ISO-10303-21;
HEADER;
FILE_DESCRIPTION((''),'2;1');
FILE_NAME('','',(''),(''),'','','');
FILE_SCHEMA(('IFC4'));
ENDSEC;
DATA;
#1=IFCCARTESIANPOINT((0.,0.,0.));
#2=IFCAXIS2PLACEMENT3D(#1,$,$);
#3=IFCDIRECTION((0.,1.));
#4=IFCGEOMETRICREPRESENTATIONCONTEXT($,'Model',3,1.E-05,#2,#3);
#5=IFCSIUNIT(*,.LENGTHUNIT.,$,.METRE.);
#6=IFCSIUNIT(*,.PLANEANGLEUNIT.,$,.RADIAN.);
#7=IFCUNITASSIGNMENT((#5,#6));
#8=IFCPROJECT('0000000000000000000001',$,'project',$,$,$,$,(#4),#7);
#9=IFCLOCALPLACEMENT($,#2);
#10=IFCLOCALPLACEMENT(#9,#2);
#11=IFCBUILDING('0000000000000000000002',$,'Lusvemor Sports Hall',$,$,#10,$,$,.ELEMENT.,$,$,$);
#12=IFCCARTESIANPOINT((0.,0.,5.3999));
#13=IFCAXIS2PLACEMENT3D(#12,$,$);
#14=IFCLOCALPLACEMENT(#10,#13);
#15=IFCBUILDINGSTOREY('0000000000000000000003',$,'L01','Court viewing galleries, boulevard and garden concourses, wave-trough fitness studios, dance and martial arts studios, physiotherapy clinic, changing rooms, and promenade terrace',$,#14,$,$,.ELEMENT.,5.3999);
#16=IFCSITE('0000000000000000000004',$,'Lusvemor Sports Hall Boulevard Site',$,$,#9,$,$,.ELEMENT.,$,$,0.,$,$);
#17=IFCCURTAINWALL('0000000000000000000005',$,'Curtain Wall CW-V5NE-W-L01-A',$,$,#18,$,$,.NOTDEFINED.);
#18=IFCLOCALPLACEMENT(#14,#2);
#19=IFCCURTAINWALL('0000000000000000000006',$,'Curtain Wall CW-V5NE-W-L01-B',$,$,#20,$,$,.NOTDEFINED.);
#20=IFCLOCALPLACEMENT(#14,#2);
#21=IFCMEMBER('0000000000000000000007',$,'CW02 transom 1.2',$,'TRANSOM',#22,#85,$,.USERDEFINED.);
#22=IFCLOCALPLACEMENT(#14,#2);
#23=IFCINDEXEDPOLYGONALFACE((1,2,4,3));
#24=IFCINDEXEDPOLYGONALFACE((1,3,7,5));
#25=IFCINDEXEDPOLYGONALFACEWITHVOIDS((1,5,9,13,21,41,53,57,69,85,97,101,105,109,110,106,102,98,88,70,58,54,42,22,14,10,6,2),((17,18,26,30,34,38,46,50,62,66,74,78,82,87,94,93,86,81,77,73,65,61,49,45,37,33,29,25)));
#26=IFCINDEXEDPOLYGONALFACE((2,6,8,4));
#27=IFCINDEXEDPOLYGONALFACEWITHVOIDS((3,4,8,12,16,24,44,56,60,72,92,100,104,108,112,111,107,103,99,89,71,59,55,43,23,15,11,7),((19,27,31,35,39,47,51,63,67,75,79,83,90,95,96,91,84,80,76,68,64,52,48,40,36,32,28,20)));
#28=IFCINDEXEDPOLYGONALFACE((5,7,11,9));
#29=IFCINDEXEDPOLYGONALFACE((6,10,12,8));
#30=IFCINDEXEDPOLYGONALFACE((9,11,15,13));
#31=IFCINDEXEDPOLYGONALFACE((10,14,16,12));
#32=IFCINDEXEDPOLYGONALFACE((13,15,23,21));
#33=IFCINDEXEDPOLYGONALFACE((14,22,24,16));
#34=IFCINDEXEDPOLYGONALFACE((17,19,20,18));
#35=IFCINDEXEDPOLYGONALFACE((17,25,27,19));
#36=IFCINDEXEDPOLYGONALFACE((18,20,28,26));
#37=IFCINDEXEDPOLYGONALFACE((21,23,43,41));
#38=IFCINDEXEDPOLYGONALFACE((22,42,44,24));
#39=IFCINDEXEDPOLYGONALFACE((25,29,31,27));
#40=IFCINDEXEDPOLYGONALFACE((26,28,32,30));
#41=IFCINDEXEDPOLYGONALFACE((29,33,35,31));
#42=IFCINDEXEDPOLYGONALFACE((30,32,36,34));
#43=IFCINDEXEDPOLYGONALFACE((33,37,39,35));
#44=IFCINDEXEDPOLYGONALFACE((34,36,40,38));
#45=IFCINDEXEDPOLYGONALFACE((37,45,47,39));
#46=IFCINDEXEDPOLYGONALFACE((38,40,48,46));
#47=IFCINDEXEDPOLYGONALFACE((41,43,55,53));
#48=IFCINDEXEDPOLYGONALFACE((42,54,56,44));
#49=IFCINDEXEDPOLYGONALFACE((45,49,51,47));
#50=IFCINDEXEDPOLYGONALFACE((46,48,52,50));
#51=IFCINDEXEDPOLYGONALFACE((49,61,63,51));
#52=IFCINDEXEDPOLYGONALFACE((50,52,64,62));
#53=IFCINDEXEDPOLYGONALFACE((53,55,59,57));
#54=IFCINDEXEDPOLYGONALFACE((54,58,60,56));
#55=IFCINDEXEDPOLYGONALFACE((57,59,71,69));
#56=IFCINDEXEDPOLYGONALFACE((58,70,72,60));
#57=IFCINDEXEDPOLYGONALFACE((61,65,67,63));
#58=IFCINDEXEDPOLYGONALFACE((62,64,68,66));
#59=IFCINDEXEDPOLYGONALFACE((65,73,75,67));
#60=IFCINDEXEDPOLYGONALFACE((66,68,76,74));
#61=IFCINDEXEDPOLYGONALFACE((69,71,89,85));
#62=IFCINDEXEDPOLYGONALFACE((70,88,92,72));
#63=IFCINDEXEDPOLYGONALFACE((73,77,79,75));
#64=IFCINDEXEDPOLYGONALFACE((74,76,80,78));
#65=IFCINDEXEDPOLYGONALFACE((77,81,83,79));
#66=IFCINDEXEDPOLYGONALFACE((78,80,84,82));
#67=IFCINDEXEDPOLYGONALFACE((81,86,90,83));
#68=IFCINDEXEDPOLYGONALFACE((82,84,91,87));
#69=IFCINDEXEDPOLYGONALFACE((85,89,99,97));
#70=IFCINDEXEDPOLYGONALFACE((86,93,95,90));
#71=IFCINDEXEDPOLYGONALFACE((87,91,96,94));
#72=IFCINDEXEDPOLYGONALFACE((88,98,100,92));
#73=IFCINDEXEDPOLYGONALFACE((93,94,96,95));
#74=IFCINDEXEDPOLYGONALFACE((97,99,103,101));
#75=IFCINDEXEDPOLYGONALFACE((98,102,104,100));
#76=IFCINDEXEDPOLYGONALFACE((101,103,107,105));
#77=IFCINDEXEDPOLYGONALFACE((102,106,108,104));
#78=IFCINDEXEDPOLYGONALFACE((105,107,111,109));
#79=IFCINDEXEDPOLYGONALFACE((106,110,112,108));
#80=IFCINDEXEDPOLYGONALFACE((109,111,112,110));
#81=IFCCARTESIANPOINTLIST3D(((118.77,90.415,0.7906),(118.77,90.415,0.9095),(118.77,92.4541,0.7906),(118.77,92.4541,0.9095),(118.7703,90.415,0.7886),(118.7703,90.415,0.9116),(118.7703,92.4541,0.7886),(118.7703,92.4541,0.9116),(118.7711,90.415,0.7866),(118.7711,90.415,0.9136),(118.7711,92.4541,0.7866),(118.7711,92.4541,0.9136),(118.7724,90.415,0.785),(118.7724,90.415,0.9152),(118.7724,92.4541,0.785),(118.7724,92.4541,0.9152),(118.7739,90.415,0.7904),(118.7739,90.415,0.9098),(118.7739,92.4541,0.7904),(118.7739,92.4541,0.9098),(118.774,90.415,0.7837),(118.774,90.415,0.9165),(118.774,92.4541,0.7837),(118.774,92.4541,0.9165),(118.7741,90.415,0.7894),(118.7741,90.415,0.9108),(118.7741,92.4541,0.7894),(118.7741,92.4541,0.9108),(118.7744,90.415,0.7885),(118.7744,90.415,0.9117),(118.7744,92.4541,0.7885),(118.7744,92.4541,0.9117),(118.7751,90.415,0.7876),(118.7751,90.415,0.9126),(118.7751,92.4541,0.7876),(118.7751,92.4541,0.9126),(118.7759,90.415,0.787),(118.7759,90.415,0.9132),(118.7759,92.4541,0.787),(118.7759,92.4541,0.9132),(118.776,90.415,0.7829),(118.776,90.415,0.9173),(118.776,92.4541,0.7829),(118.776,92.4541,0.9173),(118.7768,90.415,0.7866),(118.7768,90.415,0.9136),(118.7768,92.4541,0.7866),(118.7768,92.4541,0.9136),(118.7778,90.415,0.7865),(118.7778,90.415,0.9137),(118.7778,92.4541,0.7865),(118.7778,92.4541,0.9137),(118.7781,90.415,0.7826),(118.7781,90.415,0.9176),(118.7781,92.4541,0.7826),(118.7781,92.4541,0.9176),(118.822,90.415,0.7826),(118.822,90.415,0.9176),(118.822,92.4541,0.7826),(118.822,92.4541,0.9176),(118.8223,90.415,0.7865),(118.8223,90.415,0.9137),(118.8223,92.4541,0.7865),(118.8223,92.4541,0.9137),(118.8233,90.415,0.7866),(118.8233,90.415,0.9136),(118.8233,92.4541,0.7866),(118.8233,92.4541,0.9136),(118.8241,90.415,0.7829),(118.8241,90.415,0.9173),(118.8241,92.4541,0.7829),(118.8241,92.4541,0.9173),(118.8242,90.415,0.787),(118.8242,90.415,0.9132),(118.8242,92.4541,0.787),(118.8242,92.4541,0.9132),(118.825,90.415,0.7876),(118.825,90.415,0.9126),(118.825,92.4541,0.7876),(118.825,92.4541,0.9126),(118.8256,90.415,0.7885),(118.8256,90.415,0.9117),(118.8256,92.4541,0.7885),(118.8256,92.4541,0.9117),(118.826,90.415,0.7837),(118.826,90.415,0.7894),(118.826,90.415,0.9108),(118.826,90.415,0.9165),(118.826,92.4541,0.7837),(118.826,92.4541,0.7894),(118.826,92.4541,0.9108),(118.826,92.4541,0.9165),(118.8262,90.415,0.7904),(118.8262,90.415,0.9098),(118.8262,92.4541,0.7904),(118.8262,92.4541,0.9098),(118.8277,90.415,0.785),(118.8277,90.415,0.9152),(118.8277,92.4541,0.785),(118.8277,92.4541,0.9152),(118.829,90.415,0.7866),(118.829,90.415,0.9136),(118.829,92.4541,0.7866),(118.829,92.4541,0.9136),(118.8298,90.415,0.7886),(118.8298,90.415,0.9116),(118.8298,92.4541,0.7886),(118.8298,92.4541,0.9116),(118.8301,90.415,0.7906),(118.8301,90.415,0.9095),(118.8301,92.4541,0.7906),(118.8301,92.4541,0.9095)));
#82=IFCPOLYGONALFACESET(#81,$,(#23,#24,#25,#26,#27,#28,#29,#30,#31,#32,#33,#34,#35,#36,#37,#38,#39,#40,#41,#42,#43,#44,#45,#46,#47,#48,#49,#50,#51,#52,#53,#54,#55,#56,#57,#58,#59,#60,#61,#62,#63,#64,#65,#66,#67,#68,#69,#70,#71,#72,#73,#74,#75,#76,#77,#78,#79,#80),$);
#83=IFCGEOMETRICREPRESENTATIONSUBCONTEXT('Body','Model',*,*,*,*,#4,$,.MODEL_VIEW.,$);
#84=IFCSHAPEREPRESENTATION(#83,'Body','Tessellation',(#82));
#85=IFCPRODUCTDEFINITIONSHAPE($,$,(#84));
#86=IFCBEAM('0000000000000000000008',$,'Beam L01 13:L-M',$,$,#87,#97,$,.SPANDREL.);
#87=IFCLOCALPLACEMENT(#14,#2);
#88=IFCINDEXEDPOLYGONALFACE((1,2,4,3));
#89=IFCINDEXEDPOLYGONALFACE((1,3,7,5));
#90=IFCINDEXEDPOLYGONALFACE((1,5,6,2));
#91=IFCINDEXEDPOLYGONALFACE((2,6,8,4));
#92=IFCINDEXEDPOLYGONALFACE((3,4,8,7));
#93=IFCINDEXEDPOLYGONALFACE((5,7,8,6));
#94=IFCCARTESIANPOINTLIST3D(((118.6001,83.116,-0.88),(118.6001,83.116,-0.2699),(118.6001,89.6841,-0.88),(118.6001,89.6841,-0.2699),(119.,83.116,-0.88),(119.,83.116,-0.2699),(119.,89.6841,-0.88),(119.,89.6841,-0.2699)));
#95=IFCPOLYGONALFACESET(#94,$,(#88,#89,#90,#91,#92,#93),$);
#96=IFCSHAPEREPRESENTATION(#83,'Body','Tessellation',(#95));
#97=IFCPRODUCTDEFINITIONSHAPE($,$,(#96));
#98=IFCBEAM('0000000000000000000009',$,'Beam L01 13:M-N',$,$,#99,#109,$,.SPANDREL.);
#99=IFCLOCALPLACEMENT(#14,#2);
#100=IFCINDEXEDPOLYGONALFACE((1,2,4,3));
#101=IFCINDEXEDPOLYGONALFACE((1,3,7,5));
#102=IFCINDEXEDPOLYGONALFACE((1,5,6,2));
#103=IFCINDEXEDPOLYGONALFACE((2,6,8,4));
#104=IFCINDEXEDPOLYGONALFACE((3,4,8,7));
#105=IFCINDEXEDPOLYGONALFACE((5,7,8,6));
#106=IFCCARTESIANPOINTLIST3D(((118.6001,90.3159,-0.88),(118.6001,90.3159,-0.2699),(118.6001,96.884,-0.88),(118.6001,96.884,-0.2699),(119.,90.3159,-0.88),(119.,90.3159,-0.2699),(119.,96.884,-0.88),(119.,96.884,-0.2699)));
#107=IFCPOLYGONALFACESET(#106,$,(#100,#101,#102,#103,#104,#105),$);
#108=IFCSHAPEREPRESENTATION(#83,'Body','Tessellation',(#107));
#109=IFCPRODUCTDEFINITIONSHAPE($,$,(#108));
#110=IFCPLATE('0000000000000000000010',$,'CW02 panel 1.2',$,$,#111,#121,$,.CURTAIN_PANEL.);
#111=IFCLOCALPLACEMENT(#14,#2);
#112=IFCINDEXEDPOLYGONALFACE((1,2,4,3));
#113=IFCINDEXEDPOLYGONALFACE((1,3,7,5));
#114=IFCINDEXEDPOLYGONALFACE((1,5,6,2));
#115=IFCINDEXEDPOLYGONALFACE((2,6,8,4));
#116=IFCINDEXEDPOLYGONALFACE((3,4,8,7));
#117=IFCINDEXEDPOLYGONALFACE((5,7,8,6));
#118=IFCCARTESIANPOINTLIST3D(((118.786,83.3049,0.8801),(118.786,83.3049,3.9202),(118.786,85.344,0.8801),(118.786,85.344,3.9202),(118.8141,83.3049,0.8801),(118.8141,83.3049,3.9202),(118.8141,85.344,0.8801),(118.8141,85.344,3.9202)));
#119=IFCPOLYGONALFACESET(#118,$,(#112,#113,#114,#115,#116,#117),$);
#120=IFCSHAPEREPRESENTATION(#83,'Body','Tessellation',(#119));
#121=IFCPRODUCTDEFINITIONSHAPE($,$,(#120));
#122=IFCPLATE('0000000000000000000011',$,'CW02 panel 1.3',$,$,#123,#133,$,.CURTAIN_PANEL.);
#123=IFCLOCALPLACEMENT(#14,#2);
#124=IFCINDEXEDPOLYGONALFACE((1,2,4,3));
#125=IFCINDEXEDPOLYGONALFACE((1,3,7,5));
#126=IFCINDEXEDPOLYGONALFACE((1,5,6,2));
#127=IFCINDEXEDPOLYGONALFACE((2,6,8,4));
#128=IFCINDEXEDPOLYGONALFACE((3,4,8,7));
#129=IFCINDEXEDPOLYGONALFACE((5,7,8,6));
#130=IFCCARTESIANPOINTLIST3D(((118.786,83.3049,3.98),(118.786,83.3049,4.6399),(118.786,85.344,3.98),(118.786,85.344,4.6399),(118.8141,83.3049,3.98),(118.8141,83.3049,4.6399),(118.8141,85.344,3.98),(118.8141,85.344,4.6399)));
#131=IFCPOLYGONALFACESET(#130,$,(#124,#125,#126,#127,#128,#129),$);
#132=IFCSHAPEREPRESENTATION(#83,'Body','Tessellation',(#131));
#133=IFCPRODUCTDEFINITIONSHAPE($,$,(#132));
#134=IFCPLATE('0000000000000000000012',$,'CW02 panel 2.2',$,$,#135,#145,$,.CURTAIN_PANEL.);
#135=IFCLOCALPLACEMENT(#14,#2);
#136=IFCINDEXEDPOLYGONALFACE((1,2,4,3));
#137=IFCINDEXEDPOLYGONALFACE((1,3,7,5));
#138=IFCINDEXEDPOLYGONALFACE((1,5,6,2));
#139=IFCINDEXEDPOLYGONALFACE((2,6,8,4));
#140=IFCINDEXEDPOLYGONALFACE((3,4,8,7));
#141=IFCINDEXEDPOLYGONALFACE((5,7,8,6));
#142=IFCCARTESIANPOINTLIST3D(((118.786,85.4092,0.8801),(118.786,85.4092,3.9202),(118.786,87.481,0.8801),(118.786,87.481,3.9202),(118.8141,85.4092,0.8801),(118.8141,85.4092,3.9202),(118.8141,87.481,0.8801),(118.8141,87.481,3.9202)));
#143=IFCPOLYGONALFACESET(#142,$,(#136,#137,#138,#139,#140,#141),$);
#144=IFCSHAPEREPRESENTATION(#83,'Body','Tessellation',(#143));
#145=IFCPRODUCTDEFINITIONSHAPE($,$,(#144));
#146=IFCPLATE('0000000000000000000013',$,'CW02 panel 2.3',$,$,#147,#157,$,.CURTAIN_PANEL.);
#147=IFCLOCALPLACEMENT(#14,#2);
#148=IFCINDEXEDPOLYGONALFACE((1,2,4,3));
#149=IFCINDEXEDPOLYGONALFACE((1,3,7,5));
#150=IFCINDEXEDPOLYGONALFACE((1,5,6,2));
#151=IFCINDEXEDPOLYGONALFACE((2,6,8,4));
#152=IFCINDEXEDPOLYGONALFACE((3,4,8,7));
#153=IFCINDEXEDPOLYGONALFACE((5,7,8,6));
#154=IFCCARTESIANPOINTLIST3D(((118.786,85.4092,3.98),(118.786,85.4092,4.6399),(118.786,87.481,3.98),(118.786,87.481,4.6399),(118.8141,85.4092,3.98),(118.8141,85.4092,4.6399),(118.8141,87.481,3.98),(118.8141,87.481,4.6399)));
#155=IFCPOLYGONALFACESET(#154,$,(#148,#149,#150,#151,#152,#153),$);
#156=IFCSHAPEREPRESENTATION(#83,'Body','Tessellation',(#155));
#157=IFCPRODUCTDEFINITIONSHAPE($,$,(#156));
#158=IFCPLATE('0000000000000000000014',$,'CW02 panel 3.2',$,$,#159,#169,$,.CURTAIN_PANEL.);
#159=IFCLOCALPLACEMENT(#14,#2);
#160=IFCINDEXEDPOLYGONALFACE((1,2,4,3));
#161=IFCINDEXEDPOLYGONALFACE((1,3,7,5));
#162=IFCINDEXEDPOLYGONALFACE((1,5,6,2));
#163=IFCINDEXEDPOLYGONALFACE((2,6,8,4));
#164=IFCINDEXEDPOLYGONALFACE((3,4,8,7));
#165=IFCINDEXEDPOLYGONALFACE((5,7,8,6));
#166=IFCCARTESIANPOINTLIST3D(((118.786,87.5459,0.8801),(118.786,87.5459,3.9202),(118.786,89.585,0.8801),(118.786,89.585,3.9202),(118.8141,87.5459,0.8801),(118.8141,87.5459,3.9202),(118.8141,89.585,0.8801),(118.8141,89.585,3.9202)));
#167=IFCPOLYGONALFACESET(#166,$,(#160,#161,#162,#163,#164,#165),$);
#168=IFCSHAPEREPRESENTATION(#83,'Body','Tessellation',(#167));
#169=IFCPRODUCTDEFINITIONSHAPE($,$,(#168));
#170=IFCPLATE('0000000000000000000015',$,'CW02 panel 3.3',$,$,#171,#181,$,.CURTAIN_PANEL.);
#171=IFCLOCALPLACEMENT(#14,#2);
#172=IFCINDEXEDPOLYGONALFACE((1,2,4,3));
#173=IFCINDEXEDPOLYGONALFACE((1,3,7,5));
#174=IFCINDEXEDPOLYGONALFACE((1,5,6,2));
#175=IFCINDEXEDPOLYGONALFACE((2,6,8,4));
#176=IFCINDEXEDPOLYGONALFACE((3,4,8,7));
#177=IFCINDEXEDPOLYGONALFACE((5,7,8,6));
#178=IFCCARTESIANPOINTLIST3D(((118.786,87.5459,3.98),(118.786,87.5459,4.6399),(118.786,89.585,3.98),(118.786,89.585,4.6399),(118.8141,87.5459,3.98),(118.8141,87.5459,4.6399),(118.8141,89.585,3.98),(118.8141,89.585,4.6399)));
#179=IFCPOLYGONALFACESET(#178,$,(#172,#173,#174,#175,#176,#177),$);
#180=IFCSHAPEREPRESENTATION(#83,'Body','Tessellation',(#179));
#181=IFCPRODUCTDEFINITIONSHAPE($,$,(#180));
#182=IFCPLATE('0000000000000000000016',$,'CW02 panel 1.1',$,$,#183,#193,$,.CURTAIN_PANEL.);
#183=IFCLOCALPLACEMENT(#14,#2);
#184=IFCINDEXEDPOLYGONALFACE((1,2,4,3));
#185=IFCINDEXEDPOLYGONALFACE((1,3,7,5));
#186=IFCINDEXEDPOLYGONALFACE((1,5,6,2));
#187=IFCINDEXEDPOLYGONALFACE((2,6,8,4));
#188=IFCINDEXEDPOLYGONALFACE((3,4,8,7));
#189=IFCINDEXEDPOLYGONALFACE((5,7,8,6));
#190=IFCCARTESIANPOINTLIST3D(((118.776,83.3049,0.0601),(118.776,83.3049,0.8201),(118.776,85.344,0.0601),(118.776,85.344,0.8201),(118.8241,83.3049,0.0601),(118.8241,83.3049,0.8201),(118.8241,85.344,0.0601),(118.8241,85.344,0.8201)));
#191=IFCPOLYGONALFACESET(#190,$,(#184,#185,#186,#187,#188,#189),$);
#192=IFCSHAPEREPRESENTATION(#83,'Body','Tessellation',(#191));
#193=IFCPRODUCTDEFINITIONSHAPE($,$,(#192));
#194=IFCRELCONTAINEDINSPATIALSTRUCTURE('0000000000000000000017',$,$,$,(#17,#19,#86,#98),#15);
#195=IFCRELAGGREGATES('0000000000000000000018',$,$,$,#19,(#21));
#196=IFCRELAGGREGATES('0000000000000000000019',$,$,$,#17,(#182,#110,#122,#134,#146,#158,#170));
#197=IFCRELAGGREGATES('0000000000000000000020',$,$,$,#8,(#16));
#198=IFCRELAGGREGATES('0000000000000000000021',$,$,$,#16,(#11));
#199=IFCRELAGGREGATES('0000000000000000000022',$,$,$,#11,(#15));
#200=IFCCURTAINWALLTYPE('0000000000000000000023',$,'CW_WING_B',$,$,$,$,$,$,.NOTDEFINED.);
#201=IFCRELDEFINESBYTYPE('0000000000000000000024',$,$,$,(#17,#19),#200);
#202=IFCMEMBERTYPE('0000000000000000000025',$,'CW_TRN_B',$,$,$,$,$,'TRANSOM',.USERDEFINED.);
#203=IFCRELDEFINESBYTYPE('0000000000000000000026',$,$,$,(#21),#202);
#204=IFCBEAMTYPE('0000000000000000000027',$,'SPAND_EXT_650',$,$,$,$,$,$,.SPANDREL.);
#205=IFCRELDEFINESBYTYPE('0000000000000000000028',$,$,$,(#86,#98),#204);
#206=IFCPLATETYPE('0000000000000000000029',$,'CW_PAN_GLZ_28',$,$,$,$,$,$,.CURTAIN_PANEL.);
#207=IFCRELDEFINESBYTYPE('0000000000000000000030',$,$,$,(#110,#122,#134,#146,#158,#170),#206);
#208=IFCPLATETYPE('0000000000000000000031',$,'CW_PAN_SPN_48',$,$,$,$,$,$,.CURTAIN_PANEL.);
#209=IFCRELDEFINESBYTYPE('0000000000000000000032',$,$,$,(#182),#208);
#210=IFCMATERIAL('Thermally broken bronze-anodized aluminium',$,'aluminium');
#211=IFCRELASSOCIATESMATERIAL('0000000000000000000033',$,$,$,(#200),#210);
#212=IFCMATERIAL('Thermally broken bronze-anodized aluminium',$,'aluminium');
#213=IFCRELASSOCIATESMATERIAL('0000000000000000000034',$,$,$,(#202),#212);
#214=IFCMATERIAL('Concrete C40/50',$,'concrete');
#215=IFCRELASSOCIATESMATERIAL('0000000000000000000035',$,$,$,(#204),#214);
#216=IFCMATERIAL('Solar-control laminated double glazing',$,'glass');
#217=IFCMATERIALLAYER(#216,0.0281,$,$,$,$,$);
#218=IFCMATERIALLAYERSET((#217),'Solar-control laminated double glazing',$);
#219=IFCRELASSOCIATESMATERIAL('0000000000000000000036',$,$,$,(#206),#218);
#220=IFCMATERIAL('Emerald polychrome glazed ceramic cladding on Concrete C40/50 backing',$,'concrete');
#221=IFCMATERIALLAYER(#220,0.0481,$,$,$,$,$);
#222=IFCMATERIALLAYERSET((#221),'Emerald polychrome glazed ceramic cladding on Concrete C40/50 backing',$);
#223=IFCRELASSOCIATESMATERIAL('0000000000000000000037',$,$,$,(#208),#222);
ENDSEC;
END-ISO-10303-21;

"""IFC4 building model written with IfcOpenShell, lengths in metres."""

from ifc_helpers import new_model, si_unit, direction, frame, origin, origin_2d, place, context, subcontext, project, spatial, rectangle, hollow_rectangle, extrude, material, layer, layer_set, material_profile, profile_set, type_object, element, aggregate, save


model = new_model("IFC4")

# Units and contexts
model_context = context("Model", 3, precision=1e-05, world=origin(), true_north=direction((0.0, 1.0)))
body_context = subcontext(model_context, "Body", "Model", "MODEL_VIEW")
ifc_project = project(units=[si_unit("LENGTHUNIT", "METRE"), si_unit("PLANEANGLEUNIT", "RADIAN")], contexts=[model_context])

# Site, building, storey
site_placement = place(None, origin())
site = spatial("IfcSite", under=ifc_project, at=site_placement, Name="Lusvemor Sports Hall Boulevard Site", CompositionType="ELEMENT", RefElevation=0.0)
building_placement = place(site_placement, origin())
building = spatial("IfcBuilding", under=site, at=building_placement, Name="Lusvemor Sports Hall", CompositionType="ELEMENT")
storey_placement = place(building_placement, frame((0.0, 0.0, 5.3999)))
storey = spatial("IfcBuildingStorey", under=building, at=storey_placement, Name="L01", Description="Court viewing galleries, boulevard and garden concourses, wave-trough fitness studios, dance and martial arts studios, physiotherapy clinic, changing rooms, and promenade terrace", CompositionType="ELEMENT", Elevation=5.3999)

# Curtain wall
ifc_material_1 = material(Name="Thermally broken bronze-anodized aluminium", Category="aluminium")
curtain_wall_type = type_object("IfcCurtainWallType", Name="CW_WING_B", PredefinedType="NOTDEFINED", material=ifc_material_1)
curtain_wall_1_placement = place(storey_placement, origin())
curtain_wall_1 = element("IfcCurtainWall", 1, at=curtain_wall_1_placement, inside=storey, type_object=curtain_wall_type, Name="Curtain Wall CW-V5NE-W-L01-A", PredefinedType="NOTDEFINED")

# Curtain wall
curtain_wall_2_placement = place(storey_placement, origin())
curtain_wall_2 = element("IfcCurtainWall", 2, at=curtain_wall_2_placement, inside=storey, type_object=curtain_wall_type, Name="Curtain Wall CW-V5NE-W-L01-B", PredefinedType="NOTDEFINED")

# Member
ifc_material_2 = material(Name="Thermally broken bronze-anodized aluminium", Category="aluminium")
ifc_material_profile_1 = material_profile(ifc_material_2, hollow_rectangle(XDim=0.0601, YDim=0.135, WallThickness=0.0039, InnerFilletRadius=0.0039, OuterFilletRadius=0.0081, at=origin_2d()), Name="CWTRN135x60x4")
ifc_profile_set_1 = profile_set([ifc_material_profile_1], Name="Thermally broken bronze-anodized aluminium")
member_type_1 = type_object("IfcMemberType", Name="CW_TRN_B", ElementType="TRANSOM", PredefinedType="USERDEFINED", material=ifc_profile_set_1)
member_1_placement = place(storey_placement, frame((118.8, 90.415, 0.8501), z_axis=(0.0, 1.0, 0.0), x_axis=(-1.0, 0.0, 0.0)))
member_1 = element("IfcMember", 3, at=member_1_placement, type_object=member_type_1, Name="CW02 transom 1.2", ObjectType="TRANSOM", PredefinedType="USERDEFINED", context=body_context, shape_type="SweptSolid", body=[
    extrude(hollow_rectangle(XDim=0.0601, YDim=0.135, WallThickness=0.0039, InnerFilletRadius=0.0039, OuterFilletRadius=0.0081, at=origin_2d()), origin(), (0.0, 0.0, 1.0), 2.0391),
])
aggregate(curtain_wall_2, [member_1])

# Beams
ifc_material_3 = material(Name="Concrete C40/50", Category="concrete")
ifc_material_profile_2 = material_profile(ifc_material_3, rectangle(XDim=0.3999, YDim=0.6101, at=origin_2d()), Name="RC400x610")
ifc_profile_set_2 = profile_set([ifc_material_profile_2], Name="Concrete C40/50")
beam_type = type_object("IfcBeamType", Name="SPAND_EXT_650", PredefinedType="SPANDREL", material=ifc_profile_set_2)
for number, where, z_axis, x_axis, name in (
    (4, (118.8, 83.116, -0.575), (0.0, 1.0, 0.0), (-1.0, 0.0, 0.0), "Beam L01 13:L-M"),
    (5, (118.8, 90.3159, -0.575), (0.0, 1.0, 0.0), (-1.0, 0.0, 0.0), "Beam L01 13:M-N"),
):
    element("IfcBeam", number, at=place(storey_placement, frame(where, z_axis=z_axis, x_axis=x_axis)), inside=storey, type_object=beam_type, Name=name, PredefinedType="SPANDREL", context=body_context, shape_type="SweptSolid", body=[
        extrude(rectangle(XDim=0.3999, YDim=0.6101, at=origin_2d()), origin(), (0.0, 0.0, 1.0), 6.5681),
    ])

# Plates
ifc_material_4 = material(Name="Solar-control laminated double glazing", Category="glass")
ifc_layer_1 = layer(ifc_material_4, 0.0281)
ifc_layer_set_1 = layer_set([ifc_layer_1], Name="Solar-control laminated double glazing")
plate_type_1 = type_object("IfcPlateType", Name="CW_PAN_GLZ_28", PredefinedType="CURTAIN_PANEL", material=ifc_layer_set_1)
plate_1_placement = place(storey_placement, frame((118.8, 84.3245, 0.8801), z_axis=(0.0, 0.0, 1.0), x_axis=(0.0, 1.0, 0.0)))
plate_1 = element("IfcPlate", 6, at=plate_1_placement, type_object=plate_type_1, Name="CW02 panel 1.2", PredefinedType="CURTAIN_PANEL", context=body_context, shape_type="SweptSolid", body=[
    extrude(rectangle(XDim=2.0391, YDim=0.0281, at=origin_2d()), origin(), (0.0, 0.0, 1.0), 3.04),
])
plate_2_placement = place(storey_placement, frame((118.8, 84.3245, 3.98), z_axis=(0.0, 0.0, 1.0), x_axis=(0.0, 1.0, 0.0)))
plate_2 = element("IfcPlate", 7, at=plate_2_placement, type_object=plate_type_1, Name="CW02 panel 1.3", PredefinedType="CURTAIN_PANEL", context=body_context, shape_type="SweptSolid", body=[
    extrude(rectangle(XDim=2.0391, YDim=0.0281, at=origin_2d()), origin(), (0.0, 0.0, 1.0), 0.6599),
])
plate_3_placement = place(storey_placement, frame((118.8, 86.4451, 0.8801), z_axis=(0.0, 0.0, 1.0), x_axis=(0.0, 1.0, 0.0)))
plate_3 = element("IfcPlate", 8, at=plate_3_placement, type_object=plate_type_1, Name="CW02 panel 2.2", PredefinedType="CURTAIN_PANEL", context=body_context, shape_type="SweptSolid", body=[
    extrude(rectangle(XDim=2.0718, YDim=0.0281, at=origin_2d()), origin(), (0.0, 0.0, 1.0), 3.04),
])
plate_4_placement = place(storey_placement, frame((118.8, 86.4451, 3.98), z_axis=(0.0, 0.0, 1.0), x_axis=(0.0, 1.0, 0.0)))
plate_4 = element("IfcPlate", 9, at=plate_4_placement, type_object=plate_type_1, Name="CW02 panel 2.3", PredefinedType="CURTAIN_PANEL", context=body_context, shape_type="SweptSolid", body=[
    extrude(rectangle(XDim=2.0718, YDim=0.0281, at=origin_2d()), origin(), (0.0, 0.0, 1.0), 0.6599),
])
plate_5_placement = place(storey_placement, frame((118.8, 88.5654, 0.8801), z_axis=(0.0, 0.0, 1.0), x_axis=(0.0, 1.0, 0.0)))
plate_5 = element("IfcPlate", 10, at=plate_5_placement, type_object=plate_type_1, Name="CW02 panel 3.2", PredefinedType="CURTAIN_PANEL", context=body_context, shape_type="SweptSolid", body=[
    extrude(rectangle(XDim=2.0391, YDim=0.0281, at=origin_2d()), origin(), (0.0, 0.0, 1.0), 3.04),
])
plate_6_placement = place(storey_placement, frame((118.8, 88.5654, 3.98), z_axis=(0.0, 0.0, 1.0), x_axis=(0.0, 1.0, 0.0)))
plate_6 = element("IfcPlate", 11, at=plate_6_placement, type_object=plate_type_1, Name="CW02 panel 3.3", PredefinedType="CURTAIN_PANEL", context=body_context, shape_type="SweptSolid", body=[
    extrude(rectangle(XDim=2.0391, YDim=0.0281, at=origin_2d()), origin(), (0.0, 0.0, 1.0), 0.6599),
])
ifc_material_5 = material(Name="Emerald polychrome glazed ceramic cladding on Concrete C40/50 backing", Category="concrete")
ifc_layer_2 = layer(ifc_material_5, 0.0481)
ifc_layer_set_2 = layer_set([ifc_layer_2], Name="Emerald polychrome glazed ceramic cladding on Concrete C40/50 backing")
plate_type_2 = type_object("IfcPlateType", Name="CW_PAN_SPN_48", PredefinedType="CURTAIN_PANEL", material=ifc_layer_set_2)
plate_7_placement = place(storey_placement, frame((118.8, 84.3245, 0.0601), z_axis=(0.0, 0.0, 1.0), x_axis=(0.0, 1.0, 0.0)))
plate_7 = element("IfcPlate", 12, at=plate_7_placement, type_object=plate_type_2, Name="CW02 panel 1.1", PredefinedType="CURTAIN_PANEL", context=body_context, shape_type="SweptSolid", body=[
    extrude(rectangle(XDim=2.0391, YDim=0.0481, at=origin_2d()), origin(), (0.0, 0.0, 1.0), 0.76),
])
aggregate(curtain_wall_1, [plate_7, plate_1, plate_2, plate_3, plate_4, plate_5, plate_6])

save(model, "model.ifc")
